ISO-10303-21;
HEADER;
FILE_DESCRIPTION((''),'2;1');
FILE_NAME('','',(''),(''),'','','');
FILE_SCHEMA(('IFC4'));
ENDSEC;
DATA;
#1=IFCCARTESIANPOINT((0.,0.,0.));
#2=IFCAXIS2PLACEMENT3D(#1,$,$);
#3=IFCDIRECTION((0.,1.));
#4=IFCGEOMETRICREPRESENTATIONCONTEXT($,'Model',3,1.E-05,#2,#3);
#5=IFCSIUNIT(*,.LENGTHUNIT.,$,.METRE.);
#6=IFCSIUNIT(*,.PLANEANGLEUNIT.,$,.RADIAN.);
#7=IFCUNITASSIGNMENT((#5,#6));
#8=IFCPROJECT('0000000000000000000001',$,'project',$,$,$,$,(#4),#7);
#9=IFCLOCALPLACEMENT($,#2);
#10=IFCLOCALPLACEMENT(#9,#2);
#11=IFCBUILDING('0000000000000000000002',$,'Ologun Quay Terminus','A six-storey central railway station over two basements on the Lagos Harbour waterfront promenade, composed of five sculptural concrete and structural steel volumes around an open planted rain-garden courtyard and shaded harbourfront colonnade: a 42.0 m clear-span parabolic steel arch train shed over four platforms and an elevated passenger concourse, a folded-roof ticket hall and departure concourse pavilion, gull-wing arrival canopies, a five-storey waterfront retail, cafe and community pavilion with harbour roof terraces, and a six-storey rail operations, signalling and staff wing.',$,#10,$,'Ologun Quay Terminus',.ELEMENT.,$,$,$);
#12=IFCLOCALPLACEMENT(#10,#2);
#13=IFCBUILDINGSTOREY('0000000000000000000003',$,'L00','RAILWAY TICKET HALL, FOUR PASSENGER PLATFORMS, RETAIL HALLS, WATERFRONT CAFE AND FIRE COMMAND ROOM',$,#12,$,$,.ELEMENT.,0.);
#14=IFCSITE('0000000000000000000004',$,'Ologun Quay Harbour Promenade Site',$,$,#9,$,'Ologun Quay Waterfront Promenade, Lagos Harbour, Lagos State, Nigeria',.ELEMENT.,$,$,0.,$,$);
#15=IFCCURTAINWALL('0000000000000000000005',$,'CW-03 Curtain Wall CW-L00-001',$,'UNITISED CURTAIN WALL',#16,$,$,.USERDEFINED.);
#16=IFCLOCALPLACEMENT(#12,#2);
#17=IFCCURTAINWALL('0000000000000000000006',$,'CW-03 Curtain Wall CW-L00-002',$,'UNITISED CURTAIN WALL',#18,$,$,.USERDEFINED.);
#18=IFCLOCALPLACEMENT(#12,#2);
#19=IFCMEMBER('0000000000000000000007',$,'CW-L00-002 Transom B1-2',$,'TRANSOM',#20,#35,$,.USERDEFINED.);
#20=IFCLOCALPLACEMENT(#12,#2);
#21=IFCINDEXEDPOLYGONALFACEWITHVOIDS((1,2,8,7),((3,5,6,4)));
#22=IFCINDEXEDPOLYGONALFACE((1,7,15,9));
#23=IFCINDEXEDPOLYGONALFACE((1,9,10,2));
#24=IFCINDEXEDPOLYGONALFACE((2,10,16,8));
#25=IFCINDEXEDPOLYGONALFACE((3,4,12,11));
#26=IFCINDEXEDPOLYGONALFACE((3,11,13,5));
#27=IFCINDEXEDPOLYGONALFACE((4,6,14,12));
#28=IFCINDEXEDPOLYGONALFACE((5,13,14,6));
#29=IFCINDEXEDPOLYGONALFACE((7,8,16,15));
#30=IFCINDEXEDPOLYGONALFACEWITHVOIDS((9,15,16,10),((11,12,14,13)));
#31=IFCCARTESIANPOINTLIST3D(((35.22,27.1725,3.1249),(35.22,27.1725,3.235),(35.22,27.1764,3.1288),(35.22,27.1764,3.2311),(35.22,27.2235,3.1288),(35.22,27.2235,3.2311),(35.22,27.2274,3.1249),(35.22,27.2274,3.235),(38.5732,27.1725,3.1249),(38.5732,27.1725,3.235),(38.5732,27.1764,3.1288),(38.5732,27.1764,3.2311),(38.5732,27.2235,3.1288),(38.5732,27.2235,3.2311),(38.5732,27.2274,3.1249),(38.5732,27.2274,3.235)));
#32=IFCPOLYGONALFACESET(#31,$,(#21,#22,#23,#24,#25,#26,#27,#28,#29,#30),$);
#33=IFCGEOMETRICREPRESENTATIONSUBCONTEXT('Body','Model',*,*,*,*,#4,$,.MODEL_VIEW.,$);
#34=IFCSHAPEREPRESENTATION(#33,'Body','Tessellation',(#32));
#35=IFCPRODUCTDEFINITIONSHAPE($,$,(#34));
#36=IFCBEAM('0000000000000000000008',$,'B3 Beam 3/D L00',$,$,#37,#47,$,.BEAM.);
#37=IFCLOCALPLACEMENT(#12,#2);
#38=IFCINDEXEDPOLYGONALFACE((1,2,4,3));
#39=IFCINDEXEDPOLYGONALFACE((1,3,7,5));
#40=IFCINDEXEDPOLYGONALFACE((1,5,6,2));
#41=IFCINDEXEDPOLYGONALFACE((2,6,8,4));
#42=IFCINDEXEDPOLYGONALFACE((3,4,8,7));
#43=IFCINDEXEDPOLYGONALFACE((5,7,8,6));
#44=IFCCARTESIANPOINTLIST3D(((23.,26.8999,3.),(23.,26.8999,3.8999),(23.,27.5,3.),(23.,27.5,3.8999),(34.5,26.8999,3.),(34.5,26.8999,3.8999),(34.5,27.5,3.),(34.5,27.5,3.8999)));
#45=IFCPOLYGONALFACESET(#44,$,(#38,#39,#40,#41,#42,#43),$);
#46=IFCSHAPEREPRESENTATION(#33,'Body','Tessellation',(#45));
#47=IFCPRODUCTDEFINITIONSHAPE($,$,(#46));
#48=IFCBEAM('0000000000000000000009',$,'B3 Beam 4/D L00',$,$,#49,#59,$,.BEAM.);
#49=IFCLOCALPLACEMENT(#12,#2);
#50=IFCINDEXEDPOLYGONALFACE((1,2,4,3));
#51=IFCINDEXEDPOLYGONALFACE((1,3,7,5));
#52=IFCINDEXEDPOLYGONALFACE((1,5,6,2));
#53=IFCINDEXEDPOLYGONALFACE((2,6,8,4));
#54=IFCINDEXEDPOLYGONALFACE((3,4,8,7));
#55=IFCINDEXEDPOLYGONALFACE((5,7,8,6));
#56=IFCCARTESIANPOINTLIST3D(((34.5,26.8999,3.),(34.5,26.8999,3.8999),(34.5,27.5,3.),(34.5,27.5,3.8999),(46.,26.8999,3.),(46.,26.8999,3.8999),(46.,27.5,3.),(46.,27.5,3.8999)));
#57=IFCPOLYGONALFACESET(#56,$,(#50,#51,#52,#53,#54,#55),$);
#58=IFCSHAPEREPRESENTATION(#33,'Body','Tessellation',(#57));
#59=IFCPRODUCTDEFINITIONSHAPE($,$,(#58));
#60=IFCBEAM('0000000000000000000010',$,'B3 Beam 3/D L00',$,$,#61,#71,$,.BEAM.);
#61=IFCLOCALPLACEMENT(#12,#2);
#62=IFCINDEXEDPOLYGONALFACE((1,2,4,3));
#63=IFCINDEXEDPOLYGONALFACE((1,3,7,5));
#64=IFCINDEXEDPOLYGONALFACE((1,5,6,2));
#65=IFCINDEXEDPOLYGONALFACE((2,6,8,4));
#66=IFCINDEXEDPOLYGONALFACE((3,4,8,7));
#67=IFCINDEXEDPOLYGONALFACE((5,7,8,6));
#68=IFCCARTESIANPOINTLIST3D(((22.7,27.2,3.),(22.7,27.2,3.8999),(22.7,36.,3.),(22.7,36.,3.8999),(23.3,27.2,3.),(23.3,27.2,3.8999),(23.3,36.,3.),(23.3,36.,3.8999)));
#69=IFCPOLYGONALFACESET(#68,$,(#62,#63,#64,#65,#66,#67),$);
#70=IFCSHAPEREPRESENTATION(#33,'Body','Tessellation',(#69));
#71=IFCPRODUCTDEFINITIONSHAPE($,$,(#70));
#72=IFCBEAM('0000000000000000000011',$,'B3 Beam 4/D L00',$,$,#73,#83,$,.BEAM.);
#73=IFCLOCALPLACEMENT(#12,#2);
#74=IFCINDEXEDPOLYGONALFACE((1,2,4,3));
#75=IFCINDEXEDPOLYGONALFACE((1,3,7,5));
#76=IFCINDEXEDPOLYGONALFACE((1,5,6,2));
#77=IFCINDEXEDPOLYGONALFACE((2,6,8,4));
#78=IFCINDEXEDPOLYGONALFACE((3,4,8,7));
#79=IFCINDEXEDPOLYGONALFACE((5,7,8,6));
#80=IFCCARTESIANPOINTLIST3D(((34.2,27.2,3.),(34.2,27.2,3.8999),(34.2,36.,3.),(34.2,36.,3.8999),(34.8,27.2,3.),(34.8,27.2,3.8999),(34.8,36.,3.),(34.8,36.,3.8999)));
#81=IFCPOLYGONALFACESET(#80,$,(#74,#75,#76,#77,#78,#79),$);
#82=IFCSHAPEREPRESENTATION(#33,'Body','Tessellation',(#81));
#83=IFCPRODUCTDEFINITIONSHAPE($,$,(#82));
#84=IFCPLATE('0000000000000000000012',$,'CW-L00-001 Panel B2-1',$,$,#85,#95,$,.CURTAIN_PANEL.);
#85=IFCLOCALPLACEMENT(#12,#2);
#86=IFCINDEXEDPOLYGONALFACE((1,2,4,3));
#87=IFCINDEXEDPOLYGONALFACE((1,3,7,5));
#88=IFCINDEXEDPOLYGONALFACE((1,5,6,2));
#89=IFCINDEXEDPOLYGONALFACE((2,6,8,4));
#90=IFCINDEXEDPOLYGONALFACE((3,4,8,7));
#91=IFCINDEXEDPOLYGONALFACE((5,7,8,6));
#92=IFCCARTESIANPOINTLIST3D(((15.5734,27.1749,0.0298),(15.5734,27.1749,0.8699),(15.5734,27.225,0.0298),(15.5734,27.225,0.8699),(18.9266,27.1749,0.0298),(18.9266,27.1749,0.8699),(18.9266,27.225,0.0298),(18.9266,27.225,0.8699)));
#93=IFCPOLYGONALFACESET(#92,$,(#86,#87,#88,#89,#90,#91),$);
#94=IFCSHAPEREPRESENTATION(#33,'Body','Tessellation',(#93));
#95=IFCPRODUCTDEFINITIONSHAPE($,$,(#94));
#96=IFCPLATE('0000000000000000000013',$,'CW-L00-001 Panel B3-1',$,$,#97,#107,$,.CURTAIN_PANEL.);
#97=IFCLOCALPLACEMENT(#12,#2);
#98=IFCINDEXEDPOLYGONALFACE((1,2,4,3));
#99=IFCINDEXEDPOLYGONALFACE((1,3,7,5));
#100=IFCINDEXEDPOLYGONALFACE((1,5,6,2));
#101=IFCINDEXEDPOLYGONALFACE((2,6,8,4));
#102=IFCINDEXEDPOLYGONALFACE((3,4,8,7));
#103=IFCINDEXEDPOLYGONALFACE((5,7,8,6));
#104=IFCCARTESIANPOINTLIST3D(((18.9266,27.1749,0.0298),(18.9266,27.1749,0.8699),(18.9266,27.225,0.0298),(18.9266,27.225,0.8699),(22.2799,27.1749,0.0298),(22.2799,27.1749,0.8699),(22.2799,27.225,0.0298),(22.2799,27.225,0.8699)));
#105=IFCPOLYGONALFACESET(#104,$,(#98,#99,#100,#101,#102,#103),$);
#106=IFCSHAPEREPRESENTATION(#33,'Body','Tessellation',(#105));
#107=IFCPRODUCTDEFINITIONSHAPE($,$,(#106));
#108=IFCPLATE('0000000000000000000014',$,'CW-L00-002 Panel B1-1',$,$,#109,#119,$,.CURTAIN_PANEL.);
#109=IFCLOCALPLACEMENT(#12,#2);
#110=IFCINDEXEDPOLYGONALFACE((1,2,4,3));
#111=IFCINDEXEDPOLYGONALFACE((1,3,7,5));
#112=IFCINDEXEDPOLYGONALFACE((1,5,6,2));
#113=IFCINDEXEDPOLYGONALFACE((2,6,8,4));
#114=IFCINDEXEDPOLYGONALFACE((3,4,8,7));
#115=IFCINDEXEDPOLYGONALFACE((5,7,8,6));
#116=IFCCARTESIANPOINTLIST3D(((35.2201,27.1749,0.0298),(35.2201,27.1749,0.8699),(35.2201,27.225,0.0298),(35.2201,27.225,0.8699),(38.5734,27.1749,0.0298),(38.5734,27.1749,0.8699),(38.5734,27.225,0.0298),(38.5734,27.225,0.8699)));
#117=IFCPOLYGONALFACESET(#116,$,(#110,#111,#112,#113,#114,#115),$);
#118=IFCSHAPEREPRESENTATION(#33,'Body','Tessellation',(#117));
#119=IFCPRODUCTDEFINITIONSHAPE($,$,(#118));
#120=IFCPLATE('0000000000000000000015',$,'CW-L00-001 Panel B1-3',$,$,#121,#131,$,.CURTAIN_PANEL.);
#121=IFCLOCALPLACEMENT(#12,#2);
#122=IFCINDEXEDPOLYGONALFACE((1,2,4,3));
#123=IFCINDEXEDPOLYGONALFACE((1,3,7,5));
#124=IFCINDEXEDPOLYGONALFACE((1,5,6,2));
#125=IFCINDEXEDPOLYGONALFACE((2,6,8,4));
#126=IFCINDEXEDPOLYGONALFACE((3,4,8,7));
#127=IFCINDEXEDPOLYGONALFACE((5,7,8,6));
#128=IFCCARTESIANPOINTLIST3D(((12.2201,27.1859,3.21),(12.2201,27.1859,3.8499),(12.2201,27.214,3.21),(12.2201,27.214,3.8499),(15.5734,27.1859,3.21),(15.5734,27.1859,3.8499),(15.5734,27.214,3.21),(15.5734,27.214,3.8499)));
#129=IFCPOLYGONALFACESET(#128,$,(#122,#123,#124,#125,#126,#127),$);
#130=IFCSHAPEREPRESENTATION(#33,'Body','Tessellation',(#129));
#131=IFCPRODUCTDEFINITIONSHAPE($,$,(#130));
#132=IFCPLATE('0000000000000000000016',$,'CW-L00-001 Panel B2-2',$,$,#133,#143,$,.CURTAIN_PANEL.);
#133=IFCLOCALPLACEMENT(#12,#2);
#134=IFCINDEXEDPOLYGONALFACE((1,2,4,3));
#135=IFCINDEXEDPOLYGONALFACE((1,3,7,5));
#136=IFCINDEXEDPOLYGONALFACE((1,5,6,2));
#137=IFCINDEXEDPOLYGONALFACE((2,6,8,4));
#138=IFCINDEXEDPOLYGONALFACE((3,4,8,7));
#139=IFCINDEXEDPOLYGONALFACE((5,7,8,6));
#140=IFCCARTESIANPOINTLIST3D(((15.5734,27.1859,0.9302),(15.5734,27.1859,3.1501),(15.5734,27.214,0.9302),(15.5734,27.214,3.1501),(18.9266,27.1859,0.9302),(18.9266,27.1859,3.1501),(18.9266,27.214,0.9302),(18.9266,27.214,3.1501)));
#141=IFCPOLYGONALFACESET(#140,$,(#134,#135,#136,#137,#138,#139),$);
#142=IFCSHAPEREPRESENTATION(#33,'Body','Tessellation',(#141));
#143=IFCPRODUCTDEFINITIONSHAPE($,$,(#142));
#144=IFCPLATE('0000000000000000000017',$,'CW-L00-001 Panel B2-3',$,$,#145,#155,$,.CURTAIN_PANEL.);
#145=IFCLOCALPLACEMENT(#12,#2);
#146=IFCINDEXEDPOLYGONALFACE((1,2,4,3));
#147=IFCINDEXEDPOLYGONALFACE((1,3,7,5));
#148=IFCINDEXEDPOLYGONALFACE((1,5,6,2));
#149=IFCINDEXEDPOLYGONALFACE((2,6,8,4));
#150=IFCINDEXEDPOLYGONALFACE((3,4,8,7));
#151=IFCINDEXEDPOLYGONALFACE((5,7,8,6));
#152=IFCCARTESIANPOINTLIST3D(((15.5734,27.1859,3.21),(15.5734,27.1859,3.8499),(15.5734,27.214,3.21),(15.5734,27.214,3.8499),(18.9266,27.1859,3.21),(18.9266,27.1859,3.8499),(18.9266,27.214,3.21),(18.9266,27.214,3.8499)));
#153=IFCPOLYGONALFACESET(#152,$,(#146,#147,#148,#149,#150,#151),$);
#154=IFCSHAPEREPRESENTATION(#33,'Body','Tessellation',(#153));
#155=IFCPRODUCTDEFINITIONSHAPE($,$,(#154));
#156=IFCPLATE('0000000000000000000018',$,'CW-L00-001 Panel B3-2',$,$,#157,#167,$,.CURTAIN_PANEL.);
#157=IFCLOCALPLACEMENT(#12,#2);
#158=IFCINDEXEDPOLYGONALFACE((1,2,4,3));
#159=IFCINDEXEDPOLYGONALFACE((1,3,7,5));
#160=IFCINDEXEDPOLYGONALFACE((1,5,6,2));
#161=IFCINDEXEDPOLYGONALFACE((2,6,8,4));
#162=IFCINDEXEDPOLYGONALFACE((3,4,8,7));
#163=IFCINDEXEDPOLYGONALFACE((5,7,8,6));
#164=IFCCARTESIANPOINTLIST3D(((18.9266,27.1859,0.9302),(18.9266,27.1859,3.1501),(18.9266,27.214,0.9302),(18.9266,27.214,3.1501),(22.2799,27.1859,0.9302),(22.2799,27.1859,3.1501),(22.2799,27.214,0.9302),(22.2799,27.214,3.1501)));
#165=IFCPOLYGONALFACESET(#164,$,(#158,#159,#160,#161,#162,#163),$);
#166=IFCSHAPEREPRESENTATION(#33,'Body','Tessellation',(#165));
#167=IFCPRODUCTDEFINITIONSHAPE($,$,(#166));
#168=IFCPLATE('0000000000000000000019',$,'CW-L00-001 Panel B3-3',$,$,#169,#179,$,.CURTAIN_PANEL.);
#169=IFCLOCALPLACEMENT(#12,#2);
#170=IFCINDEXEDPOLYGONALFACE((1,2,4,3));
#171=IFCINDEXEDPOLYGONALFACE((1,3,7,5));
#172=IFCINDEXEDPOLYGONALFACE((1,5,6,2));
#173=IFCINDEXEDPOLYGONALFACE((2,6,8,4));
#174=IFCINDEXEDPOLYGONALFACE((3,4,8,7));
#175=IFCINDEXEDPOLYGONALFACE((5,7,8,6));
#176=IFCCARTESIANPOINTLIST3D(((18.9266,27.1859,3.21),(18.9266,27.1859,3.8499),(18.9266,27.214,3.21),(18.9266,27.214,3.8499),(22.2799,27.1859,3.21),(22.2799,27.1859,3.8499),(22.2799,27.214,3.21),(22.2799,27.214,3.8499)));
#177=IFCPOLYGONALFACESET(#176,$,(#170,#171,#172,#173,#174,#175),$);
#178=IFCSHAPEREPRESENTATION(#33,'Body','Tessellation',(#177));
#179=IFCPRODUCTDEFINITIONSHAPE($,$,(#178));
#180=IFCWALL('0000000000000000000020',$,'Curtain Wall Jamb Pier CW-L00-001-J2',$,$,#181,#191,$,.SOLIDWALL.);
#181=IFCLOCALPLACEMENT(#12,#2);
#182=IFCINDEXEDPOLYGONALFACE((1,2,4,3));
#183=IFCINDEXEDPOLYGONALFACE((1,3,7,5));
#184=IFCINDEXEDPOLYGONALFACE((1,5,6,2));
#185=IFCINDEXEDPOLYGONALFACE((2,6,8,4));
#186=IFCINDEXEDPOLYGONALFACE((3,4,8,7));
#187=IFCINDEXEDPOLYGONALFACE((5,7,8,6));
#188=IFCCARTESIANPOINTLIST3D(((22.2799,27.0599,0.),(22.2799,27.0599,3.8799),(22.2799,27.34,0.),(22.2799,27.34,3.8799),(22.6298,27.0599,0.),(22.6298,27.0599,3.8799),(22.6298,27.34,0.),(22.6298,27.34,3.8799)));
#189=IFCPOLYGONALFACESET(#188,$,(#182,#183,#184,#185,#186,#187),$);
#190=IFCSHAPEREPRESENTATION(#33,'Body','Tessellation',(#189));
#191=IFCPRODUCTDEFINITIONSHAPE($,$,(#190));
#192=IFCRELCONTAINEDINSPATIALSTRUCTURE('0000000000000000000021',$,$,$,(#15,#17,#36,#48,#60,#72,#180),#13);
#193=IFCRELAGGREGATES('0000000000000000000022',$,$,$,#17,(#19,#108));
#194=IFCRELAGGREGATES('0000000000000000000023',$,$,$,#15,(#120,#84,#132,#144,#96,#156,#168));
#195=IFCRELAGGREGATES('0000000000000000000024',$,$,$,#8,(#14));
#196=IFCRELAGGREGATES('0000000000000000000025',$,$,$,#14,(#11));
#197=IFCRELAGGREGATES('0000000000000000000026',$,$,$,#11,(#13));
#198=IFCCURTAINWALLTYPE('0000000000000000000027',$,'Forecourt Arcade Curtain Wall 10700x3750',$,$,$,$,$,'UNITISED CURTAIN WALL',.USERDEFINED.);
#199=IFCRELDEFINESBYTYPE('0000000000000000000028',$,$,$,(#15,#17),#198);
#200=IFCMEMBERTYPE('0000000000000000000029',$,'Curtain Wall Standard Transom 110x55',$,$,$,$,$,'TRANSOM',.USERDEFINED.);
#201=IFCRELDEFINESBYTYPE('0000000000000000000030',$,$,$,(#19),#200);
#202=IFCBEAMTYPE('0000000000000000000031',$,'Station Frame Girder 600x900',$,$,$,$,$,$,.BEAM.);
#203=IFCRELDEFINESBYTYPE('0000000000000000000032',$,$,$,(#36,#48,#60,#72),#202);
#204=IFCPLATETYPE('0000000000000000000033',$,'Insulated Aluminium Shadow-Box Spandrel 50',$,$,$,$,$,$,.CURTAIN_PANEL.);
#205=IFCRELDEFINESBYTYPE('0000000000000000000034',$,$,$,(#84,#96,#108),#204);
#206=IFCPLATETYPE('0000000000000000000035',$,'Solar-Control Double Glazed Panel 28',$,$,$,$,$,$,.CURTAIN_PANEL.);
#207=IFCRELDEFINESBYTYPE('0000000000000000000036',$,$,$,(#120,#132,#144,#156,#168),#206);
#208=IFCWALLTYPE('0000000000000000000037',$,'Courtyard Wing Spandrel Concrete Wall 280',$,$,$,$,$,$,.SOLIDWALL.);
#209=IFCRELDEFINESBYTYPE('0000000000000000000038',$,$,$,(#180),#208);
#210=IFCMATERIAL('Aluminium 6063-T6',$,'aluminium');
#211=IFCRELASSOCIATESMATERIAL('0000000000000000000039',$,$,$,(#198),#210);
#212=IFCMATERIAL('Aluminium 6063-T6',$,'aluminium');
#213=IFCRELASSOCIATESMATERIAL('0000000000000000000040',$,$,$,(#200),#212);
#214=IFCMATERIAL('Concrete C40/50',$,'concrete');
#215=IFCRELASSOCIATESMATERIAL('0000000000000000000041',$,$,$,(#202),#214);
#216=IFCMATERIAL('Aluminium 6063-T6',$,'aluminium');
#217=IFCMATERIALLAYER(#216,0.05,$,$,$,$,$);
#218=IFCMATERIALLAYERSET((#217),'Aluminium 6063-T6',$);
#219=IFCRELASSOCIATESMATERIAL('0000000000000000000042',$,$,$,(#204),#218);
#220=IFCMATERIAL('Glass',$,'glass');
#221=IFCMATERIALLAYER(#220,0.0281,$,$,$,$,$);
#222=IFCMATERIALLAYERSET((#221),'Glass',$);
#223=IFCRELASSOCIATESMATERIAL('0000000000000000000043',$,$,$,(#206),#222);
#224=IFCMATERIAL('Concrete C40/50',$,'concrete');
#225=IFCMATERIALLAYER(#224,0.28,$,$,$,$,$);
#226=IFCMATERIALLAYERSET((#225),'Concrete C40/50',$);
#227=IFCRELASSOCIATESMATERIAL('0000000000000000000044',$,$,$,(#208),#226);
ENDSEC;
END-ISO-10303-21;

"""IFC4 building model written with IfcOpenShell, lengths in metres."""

from ifc_helpers import new_model, si_unit, direction, frame, frame_2d, origin, origin_2d, place, context, subcontext, project, spatial, rectangle, hollow_rectangle, extrude, material, layer, layer_set, material_profile, profile_set, type_object, element, aggregate, save


model = new_model("IFC4")

# Units and contexts
model_context = context("Model", 3, precision=1e-05, world=origin(), true_north=direction((0.0, 1.0)))
body_context = subcontext(model_context, "Body", "Model", "MODEL_VIEW")
ifc_project = project(units=[si_unit("LENGTHUNIT", "METRE"), si_unit("PLANEANGLEUNIT", "RADIAN")], contexts=[model_context])

# Site, building, storey
site_placement = place(None, origin())
site = spatial("IfcSite", under=ifc_project, at=site_placement, Name="Ologun Quay Harbour Promenade Site", LongName="Ologun Quay Waterfront Promenade, Lagos Harbour, Lagos State, Nigeria", CompositionType="ELEMENT", RefElevation=0.0)
building_placement = place(site_placement, origin())
building = spatial("IfcBuilding", under=site, at=building_placement, Name="Ologun Quay Terminus", Description="A six-storey central railway station over two basements on the Lagos Harbour waterfront promenade, composed of five sculptural concrete and structural steel volumes around an open planted rain-garden courtyard and shaded harbourfront colonnade: a 42.0 m clear-span parabolic steel arch train shed over four platforms and an elevated passenger concourse, a folded-roof ticket hall and departure concourse pavilion, gull-wing arrival canopies, a five-storey waterfront retail, cafe and community pavilion with harbour roof terraces, and a six-storey rail operations, signalling and staff wing.", LongName="Ologun Quay Terminus", CompositionType="ELEMENT")
storey_placement = place(building_placement, origin())
storey = spatial("IfcBuildingStorey", under=building, at=storey_placement, Name="L00", Description="RAILWAY TICKET HALL, FOUR PASSENGER PLATFORMS, RETAIL HALLS, WATERFRONT CAFE AND FIRE COMMAND ROOM", CompositionType="ELEMENT", Elevation=0.0)

# Curtain wall
ifc_material_1 = material(Name="Aluminium 6063-T6", Category="aluminium")
curtain_wall_type = type_object("IfcCurtainWallType", Name="Forecourt Arcade Curtain Wall 10700x3750", ElementType="UNITISED CURTAIN WALL", PredefinedType="USERDEFINED", material=ifc_material_1)
curtain_wall_1_placement = place(storey_placement, origin())
curtain_wall_1 = element("IfcCurtainWall", 1, at=curtain_wall_1_placement, inside=storey, type_object=curtain_wall_type, Name="CW-03 Curtain Wall CW-L00-001", ObjectType="UNITISED CURTAIN WALL", PredefinedType="USERDEFINED")

# Curtain wall
curtain_wall_2_placement = place(storey_placement, origin())
curtain_wall_2 = element("IfcCurtainWall", 2, at=curtain_wall_2_placement, inside=storey, type_object=curtain_wall_type, Name="CW-03 Curtain Wall CW-L00-002", ObjectType="UNITISED CURTAIN WALL", PredefinedType="USERDEFINED")

# Member
ifc_material_2 = material(Name="Aluminium 6063-T6", Category="aluminium")
ifc_material_profile_1 = material_profile(ifc_material_2, hollow_rectangle(XDim=0.0549, YDim=0.1101, WallThickness=0.0039, at=origin_2d()), Name="ALU 110x55x4")
ifc_profile_set_1 = profile_set([ifc_material_profile_1], Name="Aluminium 6063-T6")
member_type_1 = type_object("IfcMemberType", Name="Curtain Wall Standard Transom 110x55", ElementType="TRANSOM", PredefinedType="USERDEFINED", material=ifc_profile_set_1)
member_1_placement = place(storey_placement, frame((35.22, 27.2, 3.1799), z_axis=(1.0, 0.0, 0.0), x_axis=(0.0, 1.0, 0.0)))
member_1 = element("IfcMember", 3, at=member_1_placement, type_object=member_type_1, Name="CW-L00-002 Transom B1-2", ObjectType="TRANSOM", PredefinedType="USERDEFINED", context=body_context, shape_type="SweptSolid", body=[
    extrude(hollow_rectangle(XDim=0.0549, YDim=0.1101, WallThickness=0.0039, at=origin_2d()), origin(), (0.0, 0.0, 1.0), 3.3533),
])

# Beams
ifc_material_3 = material(Name="Concrete C40/50", Category="concrete")
ifc_material_profile_2 = material_profile(ifc_material_3, rectangle(XDim=0.6001, YDim=0.8999, at=origin_2d()), Name="RC 600x900")
ifc_profile_set_2 = profile_set([ifc_material_profile_2], Name="Concrete C40/50")
beam_type = type_object("IfcBeamType", Name="Station Frame Girder 600x900", PredefinedType="BEAM", material=ifc_profile_set_2)
for number, where, z_axis, x_axis, name in (
    (4, (23.0, 27.2, 3.45), (1.0, 0.0, 0.0), (0.0, 1.0, 0.0), "B3 Beam 3/D L00"),
    (5, (34.5, 27.2, 3.45), (1.0, 0.0, 0.0), (0.0, 1.0, 0.0), "B3 Beam 4/D L00"),
):
    element("IfcBeam", number, at=place(storey_placement, frame(where, z_axis=z_axis, x_axis=x_axis)), inside=storey, type_object=beam_type, Name=name, PredefinedType="BEAM", context=body_context, shape_type="SweptSolid", body=[
        extrude(rectangle(XDim=0.6001, YDim=0.8999, at=origin_2d()), origin(), (0.0, 0.0, 1.0), 11.5),
    ])
for number, where, z_axis, x_axis, name in (
    (6, (23.0, 27.2, 3.45), (0.0, 1.0, 0.0), (-1.0, 0.0, 0.0), "B3 Beam 3/D L00"),
    (7, (34.5, 27.2, 3.45), (0.0, 1.0, 0.0), (-1.0, 0.0, 0.0), "B3 Beam 4/D L00"),
):
    element("IfcBeam", number, at=place(storey_placement, frame(where, z_axis=z_axis, x_axis=x_axis)), inside=storey, type_object=beam_type, Name=name, PredefinedType="BEAM", context=body_context, shape_type="SweptSolid", body=[
        extrude(rectangle(XDim=0.6001, YDim=0.8999, at=origin_2d()), origin(), (0.0, 0.0, 1.0), 8.8),
    ])

# Plates
ifc_material_4 = material(Name="Aluminium 6063-T6", Category="aluminium")
ifc_layer_1 = layer(ifc_material_4, 0.05)
ifc_layer_set_1 = layer_set([ifc_layer_1], Name="Aluminium 6063-T6")
plate_type_1 = type_object("IfcPlateType", Name="Insulated Aluminium Shadow-Box Spandrel 50", PredefinedType="CURTAIN_PANEL", material=ifc_layer_set_1)
plate_1_placement = place(storey_placement, frame((17.25, 27.2, 0.0298), z_axis=(0.0, 0.0, 1.0), x_axis=(1.0, 0.0, 0.0)))
plate_1 = element("IfcPlate", 8, at=plate_1_placement, type_object=plate_type_1, Name="CW-L00-001 Panel B2-1", PredefinedType="CURTAIN_PANEL", context=body_context, shape_type="SweptSolid", body=[
    extrude(rectangle(XDim=3.3533, YDim=0.05, at=origin_2d()), origin(), (0.0, 0.0, 1.0), 0.8401),
])
plate_2_placement = place(storey_placement, frame((20.6033, 27.2, 0.0298), z_axis=(0.0, 0.0, 1.0), x_axis=(1.0, 0.0, 0.0)))
plate_2 = element("IfcPlate", 9, at=plate_2_placement, type_object=plate_type_1, Name="CW-L00-001 Panel B3-1", PredefinedType="CURTAIN_PANEL", context=body_context, shape_type="SweptSolid", body=[
    extrude(rectangle(XDim=3.3533, YDim=0.05, at=origin_2d()), origin(), (0.0, 0.0, 1.0), 0.8401),
])
plate_3_placement = place(storey_placement, frame((36.8967, 27.2, 0.0298), z_axis=(0.0, 0.0, 1.0), x_axis=(1.0, 0.0, 0.0)))
plate_3 = element("IfcPlate", 10, at=plate_3_placement, type_object=plate_type_1, Name="CW-L00-002 Panel B1-1", PredefinedType="CURTAIN_PANEL", context=body_context, shape_type="SweptSolid", body=[
    extrude(rectangle(XDim=3.3533, YDim=0.05, at=origin_2d()), origin(), (0.0, 0.0, 1.0), 0.8401),
])
aggregate(curtain_wall_2, [member_1, plate_3])
ifc_material_5 = material(Name="Glass", Category="glass")
ifc_layer_2 = layer(ifc_material_5, 0.0281)
ifc_layer_set_2 = layer_set([ifc_layer_2], Name="Glass")
plate_type_2 = type_object("IfcPlateType", Name="Solar-Control Double Glazed Panel 28", PredefinedType="CURTAIN_PANEL", material=ifc_layer_set_2)
plate_4_placement = place(storey_placement, frame((13.8967, 27.2, 3.21), z_axis=(0.0, 0.0, 1.0), x_axis=(1.0, 0.0, 0.0)))
plate_4 = element("IfcPlate", 11, at=plate_4_placement, type_object=plate_type_2, Name="CW-L00-001 Panel B1-3", PredefinedType="CURTAIN_PANEL", context=body_context, shape_type="SweptSolid", body=[
    extrude(rectangle(XDim=3.3533, YDim=0.0281, at=origin_2d()), origin(), (0.0, 0.0, 1.0), 0.6399),
])
plate_5_placement = place(storey_placement, frame((17.25, 27.2, 0.9302), z_axis=(0.0, 0.0, 1.0), x_axis=(1.0, 0.0, 0.0)))
plate_5 = element("IfcPlate", 12, at=plate_5_placement, type_object=plate_type_2, Name="CW-L00-001 Panel B2-2", PredefinedType="CURTAIN_PANEL", context=body_context, shape_type="SweptSolid", body=[
    extrude(rectangle(XDim=3.3533, YDim=0.0281, at=origin_2d()), origin(), (0.0, 0.0, 1.0), 2.22),
])
plate_6_placement = place(storey_placement, frame((17.25, 27.2, 3.21), z_axis=(0.0, 0.0, 1.0), x_axis=(1.0, 0.0, 0.0)))
plate_6 = element("IfcPlate", 13, at=plate_6_placement, type_object=plate_type_2, Name="CW-L00-001 Panel B2-3", PredefinedType="CURTAIN_PANEL", context=body_context, shape_type="SweptSolid", body=[
    extrude(rectangle(XDim=3.3533, YDim=0.0281, at=origin_2d()), origin(), (0.0, 0.0, 1.0), 0.6399),
])
plate_7_placement = place(storey_placement, frame((20.6033, 27.2, 0.9302), z_axis=(0.0, 0.0, 1.0), x_axis=(1.0, 0.0, 0.0)))
plate_7 = element("IfcPlate", 14, at=plate_7_placement, type_object=plate_type_2, Name="CW-L00-001 Panel B3-2", PredefinedType="CURTAIN_PANEL", context=body_context, shape_type="SweptSolid", body=[
    extrude(rectangle(XDim=3.3533, YDim=0.0281, at=origin_2d()), origin(), (0.0, 0.0, 1.0), 2.22),
])
plate_8_placement = place(storey_placement, frame((20.6033, 27.2, 3.21), z_axis=(0.0, 0.0, 1.0), x_axis=(1.0, 0.0, 0.0)))
plate_8 = element("IfcPlate", 15, at=plate_8_placement, type_object=plate_type_2, Name="CW-L00-001 Panel B3-3", PredefinedType="CURTAIN_PANEL", context=body_context, shape_type="SweptSolid", body=[
    extrude(rectangle(XDim=3.3533, YDim=0.0281, at=origin_2d()), origin(), (0.0, 0.0, 1.0), 0.6399),
])
aggregate(curtain_wall_1, [plate_4, plate_1, plate_5, plate_6, plate_2, plate_7, plate_8])

# Wall
ifc_material_6 = material(Name="Concrete C40/50", Category="concrete")
ifc_layer_3 = layer(ifc_material_6, 0.28)
ifc_layer_set_3 = layer_set([ifc_layer_3], Name="Concrete C40/50")
wall_type_1 = type_object("IfcWallType", Name="Courtyard Wing Spandrel Concrete Wall 280", PredefinedType="SOLIDWALL", material=ifc_layer_set_3)
for number, where, z_axis, x_axis, name in (
    (16, (22.28, 27.2, 0.0), (0.0, 0.0, 1.0), (1.0, 0.0, 0.0), "Curtain Wall Jamb Pier CW-L00-001-J2"),
):
    element("IfcWall", number, at=place(storey_placement, frame(where, z_axis=z_axis, x_axis=x_axis)), inside=storey, type_object=wall_type_1, Name=name, PredefinedType="SOLIDWALL", context=body_context, shape_type="SweptSolid", body=[
        extrude(rectangle(XDim=0.3499, YDim=0.28, at=frame_2d((0.1748, 0.0))), origin(), (0.0, 0.0, 1.0), 3.8799),
    ])

save(model, "model.ifc")
